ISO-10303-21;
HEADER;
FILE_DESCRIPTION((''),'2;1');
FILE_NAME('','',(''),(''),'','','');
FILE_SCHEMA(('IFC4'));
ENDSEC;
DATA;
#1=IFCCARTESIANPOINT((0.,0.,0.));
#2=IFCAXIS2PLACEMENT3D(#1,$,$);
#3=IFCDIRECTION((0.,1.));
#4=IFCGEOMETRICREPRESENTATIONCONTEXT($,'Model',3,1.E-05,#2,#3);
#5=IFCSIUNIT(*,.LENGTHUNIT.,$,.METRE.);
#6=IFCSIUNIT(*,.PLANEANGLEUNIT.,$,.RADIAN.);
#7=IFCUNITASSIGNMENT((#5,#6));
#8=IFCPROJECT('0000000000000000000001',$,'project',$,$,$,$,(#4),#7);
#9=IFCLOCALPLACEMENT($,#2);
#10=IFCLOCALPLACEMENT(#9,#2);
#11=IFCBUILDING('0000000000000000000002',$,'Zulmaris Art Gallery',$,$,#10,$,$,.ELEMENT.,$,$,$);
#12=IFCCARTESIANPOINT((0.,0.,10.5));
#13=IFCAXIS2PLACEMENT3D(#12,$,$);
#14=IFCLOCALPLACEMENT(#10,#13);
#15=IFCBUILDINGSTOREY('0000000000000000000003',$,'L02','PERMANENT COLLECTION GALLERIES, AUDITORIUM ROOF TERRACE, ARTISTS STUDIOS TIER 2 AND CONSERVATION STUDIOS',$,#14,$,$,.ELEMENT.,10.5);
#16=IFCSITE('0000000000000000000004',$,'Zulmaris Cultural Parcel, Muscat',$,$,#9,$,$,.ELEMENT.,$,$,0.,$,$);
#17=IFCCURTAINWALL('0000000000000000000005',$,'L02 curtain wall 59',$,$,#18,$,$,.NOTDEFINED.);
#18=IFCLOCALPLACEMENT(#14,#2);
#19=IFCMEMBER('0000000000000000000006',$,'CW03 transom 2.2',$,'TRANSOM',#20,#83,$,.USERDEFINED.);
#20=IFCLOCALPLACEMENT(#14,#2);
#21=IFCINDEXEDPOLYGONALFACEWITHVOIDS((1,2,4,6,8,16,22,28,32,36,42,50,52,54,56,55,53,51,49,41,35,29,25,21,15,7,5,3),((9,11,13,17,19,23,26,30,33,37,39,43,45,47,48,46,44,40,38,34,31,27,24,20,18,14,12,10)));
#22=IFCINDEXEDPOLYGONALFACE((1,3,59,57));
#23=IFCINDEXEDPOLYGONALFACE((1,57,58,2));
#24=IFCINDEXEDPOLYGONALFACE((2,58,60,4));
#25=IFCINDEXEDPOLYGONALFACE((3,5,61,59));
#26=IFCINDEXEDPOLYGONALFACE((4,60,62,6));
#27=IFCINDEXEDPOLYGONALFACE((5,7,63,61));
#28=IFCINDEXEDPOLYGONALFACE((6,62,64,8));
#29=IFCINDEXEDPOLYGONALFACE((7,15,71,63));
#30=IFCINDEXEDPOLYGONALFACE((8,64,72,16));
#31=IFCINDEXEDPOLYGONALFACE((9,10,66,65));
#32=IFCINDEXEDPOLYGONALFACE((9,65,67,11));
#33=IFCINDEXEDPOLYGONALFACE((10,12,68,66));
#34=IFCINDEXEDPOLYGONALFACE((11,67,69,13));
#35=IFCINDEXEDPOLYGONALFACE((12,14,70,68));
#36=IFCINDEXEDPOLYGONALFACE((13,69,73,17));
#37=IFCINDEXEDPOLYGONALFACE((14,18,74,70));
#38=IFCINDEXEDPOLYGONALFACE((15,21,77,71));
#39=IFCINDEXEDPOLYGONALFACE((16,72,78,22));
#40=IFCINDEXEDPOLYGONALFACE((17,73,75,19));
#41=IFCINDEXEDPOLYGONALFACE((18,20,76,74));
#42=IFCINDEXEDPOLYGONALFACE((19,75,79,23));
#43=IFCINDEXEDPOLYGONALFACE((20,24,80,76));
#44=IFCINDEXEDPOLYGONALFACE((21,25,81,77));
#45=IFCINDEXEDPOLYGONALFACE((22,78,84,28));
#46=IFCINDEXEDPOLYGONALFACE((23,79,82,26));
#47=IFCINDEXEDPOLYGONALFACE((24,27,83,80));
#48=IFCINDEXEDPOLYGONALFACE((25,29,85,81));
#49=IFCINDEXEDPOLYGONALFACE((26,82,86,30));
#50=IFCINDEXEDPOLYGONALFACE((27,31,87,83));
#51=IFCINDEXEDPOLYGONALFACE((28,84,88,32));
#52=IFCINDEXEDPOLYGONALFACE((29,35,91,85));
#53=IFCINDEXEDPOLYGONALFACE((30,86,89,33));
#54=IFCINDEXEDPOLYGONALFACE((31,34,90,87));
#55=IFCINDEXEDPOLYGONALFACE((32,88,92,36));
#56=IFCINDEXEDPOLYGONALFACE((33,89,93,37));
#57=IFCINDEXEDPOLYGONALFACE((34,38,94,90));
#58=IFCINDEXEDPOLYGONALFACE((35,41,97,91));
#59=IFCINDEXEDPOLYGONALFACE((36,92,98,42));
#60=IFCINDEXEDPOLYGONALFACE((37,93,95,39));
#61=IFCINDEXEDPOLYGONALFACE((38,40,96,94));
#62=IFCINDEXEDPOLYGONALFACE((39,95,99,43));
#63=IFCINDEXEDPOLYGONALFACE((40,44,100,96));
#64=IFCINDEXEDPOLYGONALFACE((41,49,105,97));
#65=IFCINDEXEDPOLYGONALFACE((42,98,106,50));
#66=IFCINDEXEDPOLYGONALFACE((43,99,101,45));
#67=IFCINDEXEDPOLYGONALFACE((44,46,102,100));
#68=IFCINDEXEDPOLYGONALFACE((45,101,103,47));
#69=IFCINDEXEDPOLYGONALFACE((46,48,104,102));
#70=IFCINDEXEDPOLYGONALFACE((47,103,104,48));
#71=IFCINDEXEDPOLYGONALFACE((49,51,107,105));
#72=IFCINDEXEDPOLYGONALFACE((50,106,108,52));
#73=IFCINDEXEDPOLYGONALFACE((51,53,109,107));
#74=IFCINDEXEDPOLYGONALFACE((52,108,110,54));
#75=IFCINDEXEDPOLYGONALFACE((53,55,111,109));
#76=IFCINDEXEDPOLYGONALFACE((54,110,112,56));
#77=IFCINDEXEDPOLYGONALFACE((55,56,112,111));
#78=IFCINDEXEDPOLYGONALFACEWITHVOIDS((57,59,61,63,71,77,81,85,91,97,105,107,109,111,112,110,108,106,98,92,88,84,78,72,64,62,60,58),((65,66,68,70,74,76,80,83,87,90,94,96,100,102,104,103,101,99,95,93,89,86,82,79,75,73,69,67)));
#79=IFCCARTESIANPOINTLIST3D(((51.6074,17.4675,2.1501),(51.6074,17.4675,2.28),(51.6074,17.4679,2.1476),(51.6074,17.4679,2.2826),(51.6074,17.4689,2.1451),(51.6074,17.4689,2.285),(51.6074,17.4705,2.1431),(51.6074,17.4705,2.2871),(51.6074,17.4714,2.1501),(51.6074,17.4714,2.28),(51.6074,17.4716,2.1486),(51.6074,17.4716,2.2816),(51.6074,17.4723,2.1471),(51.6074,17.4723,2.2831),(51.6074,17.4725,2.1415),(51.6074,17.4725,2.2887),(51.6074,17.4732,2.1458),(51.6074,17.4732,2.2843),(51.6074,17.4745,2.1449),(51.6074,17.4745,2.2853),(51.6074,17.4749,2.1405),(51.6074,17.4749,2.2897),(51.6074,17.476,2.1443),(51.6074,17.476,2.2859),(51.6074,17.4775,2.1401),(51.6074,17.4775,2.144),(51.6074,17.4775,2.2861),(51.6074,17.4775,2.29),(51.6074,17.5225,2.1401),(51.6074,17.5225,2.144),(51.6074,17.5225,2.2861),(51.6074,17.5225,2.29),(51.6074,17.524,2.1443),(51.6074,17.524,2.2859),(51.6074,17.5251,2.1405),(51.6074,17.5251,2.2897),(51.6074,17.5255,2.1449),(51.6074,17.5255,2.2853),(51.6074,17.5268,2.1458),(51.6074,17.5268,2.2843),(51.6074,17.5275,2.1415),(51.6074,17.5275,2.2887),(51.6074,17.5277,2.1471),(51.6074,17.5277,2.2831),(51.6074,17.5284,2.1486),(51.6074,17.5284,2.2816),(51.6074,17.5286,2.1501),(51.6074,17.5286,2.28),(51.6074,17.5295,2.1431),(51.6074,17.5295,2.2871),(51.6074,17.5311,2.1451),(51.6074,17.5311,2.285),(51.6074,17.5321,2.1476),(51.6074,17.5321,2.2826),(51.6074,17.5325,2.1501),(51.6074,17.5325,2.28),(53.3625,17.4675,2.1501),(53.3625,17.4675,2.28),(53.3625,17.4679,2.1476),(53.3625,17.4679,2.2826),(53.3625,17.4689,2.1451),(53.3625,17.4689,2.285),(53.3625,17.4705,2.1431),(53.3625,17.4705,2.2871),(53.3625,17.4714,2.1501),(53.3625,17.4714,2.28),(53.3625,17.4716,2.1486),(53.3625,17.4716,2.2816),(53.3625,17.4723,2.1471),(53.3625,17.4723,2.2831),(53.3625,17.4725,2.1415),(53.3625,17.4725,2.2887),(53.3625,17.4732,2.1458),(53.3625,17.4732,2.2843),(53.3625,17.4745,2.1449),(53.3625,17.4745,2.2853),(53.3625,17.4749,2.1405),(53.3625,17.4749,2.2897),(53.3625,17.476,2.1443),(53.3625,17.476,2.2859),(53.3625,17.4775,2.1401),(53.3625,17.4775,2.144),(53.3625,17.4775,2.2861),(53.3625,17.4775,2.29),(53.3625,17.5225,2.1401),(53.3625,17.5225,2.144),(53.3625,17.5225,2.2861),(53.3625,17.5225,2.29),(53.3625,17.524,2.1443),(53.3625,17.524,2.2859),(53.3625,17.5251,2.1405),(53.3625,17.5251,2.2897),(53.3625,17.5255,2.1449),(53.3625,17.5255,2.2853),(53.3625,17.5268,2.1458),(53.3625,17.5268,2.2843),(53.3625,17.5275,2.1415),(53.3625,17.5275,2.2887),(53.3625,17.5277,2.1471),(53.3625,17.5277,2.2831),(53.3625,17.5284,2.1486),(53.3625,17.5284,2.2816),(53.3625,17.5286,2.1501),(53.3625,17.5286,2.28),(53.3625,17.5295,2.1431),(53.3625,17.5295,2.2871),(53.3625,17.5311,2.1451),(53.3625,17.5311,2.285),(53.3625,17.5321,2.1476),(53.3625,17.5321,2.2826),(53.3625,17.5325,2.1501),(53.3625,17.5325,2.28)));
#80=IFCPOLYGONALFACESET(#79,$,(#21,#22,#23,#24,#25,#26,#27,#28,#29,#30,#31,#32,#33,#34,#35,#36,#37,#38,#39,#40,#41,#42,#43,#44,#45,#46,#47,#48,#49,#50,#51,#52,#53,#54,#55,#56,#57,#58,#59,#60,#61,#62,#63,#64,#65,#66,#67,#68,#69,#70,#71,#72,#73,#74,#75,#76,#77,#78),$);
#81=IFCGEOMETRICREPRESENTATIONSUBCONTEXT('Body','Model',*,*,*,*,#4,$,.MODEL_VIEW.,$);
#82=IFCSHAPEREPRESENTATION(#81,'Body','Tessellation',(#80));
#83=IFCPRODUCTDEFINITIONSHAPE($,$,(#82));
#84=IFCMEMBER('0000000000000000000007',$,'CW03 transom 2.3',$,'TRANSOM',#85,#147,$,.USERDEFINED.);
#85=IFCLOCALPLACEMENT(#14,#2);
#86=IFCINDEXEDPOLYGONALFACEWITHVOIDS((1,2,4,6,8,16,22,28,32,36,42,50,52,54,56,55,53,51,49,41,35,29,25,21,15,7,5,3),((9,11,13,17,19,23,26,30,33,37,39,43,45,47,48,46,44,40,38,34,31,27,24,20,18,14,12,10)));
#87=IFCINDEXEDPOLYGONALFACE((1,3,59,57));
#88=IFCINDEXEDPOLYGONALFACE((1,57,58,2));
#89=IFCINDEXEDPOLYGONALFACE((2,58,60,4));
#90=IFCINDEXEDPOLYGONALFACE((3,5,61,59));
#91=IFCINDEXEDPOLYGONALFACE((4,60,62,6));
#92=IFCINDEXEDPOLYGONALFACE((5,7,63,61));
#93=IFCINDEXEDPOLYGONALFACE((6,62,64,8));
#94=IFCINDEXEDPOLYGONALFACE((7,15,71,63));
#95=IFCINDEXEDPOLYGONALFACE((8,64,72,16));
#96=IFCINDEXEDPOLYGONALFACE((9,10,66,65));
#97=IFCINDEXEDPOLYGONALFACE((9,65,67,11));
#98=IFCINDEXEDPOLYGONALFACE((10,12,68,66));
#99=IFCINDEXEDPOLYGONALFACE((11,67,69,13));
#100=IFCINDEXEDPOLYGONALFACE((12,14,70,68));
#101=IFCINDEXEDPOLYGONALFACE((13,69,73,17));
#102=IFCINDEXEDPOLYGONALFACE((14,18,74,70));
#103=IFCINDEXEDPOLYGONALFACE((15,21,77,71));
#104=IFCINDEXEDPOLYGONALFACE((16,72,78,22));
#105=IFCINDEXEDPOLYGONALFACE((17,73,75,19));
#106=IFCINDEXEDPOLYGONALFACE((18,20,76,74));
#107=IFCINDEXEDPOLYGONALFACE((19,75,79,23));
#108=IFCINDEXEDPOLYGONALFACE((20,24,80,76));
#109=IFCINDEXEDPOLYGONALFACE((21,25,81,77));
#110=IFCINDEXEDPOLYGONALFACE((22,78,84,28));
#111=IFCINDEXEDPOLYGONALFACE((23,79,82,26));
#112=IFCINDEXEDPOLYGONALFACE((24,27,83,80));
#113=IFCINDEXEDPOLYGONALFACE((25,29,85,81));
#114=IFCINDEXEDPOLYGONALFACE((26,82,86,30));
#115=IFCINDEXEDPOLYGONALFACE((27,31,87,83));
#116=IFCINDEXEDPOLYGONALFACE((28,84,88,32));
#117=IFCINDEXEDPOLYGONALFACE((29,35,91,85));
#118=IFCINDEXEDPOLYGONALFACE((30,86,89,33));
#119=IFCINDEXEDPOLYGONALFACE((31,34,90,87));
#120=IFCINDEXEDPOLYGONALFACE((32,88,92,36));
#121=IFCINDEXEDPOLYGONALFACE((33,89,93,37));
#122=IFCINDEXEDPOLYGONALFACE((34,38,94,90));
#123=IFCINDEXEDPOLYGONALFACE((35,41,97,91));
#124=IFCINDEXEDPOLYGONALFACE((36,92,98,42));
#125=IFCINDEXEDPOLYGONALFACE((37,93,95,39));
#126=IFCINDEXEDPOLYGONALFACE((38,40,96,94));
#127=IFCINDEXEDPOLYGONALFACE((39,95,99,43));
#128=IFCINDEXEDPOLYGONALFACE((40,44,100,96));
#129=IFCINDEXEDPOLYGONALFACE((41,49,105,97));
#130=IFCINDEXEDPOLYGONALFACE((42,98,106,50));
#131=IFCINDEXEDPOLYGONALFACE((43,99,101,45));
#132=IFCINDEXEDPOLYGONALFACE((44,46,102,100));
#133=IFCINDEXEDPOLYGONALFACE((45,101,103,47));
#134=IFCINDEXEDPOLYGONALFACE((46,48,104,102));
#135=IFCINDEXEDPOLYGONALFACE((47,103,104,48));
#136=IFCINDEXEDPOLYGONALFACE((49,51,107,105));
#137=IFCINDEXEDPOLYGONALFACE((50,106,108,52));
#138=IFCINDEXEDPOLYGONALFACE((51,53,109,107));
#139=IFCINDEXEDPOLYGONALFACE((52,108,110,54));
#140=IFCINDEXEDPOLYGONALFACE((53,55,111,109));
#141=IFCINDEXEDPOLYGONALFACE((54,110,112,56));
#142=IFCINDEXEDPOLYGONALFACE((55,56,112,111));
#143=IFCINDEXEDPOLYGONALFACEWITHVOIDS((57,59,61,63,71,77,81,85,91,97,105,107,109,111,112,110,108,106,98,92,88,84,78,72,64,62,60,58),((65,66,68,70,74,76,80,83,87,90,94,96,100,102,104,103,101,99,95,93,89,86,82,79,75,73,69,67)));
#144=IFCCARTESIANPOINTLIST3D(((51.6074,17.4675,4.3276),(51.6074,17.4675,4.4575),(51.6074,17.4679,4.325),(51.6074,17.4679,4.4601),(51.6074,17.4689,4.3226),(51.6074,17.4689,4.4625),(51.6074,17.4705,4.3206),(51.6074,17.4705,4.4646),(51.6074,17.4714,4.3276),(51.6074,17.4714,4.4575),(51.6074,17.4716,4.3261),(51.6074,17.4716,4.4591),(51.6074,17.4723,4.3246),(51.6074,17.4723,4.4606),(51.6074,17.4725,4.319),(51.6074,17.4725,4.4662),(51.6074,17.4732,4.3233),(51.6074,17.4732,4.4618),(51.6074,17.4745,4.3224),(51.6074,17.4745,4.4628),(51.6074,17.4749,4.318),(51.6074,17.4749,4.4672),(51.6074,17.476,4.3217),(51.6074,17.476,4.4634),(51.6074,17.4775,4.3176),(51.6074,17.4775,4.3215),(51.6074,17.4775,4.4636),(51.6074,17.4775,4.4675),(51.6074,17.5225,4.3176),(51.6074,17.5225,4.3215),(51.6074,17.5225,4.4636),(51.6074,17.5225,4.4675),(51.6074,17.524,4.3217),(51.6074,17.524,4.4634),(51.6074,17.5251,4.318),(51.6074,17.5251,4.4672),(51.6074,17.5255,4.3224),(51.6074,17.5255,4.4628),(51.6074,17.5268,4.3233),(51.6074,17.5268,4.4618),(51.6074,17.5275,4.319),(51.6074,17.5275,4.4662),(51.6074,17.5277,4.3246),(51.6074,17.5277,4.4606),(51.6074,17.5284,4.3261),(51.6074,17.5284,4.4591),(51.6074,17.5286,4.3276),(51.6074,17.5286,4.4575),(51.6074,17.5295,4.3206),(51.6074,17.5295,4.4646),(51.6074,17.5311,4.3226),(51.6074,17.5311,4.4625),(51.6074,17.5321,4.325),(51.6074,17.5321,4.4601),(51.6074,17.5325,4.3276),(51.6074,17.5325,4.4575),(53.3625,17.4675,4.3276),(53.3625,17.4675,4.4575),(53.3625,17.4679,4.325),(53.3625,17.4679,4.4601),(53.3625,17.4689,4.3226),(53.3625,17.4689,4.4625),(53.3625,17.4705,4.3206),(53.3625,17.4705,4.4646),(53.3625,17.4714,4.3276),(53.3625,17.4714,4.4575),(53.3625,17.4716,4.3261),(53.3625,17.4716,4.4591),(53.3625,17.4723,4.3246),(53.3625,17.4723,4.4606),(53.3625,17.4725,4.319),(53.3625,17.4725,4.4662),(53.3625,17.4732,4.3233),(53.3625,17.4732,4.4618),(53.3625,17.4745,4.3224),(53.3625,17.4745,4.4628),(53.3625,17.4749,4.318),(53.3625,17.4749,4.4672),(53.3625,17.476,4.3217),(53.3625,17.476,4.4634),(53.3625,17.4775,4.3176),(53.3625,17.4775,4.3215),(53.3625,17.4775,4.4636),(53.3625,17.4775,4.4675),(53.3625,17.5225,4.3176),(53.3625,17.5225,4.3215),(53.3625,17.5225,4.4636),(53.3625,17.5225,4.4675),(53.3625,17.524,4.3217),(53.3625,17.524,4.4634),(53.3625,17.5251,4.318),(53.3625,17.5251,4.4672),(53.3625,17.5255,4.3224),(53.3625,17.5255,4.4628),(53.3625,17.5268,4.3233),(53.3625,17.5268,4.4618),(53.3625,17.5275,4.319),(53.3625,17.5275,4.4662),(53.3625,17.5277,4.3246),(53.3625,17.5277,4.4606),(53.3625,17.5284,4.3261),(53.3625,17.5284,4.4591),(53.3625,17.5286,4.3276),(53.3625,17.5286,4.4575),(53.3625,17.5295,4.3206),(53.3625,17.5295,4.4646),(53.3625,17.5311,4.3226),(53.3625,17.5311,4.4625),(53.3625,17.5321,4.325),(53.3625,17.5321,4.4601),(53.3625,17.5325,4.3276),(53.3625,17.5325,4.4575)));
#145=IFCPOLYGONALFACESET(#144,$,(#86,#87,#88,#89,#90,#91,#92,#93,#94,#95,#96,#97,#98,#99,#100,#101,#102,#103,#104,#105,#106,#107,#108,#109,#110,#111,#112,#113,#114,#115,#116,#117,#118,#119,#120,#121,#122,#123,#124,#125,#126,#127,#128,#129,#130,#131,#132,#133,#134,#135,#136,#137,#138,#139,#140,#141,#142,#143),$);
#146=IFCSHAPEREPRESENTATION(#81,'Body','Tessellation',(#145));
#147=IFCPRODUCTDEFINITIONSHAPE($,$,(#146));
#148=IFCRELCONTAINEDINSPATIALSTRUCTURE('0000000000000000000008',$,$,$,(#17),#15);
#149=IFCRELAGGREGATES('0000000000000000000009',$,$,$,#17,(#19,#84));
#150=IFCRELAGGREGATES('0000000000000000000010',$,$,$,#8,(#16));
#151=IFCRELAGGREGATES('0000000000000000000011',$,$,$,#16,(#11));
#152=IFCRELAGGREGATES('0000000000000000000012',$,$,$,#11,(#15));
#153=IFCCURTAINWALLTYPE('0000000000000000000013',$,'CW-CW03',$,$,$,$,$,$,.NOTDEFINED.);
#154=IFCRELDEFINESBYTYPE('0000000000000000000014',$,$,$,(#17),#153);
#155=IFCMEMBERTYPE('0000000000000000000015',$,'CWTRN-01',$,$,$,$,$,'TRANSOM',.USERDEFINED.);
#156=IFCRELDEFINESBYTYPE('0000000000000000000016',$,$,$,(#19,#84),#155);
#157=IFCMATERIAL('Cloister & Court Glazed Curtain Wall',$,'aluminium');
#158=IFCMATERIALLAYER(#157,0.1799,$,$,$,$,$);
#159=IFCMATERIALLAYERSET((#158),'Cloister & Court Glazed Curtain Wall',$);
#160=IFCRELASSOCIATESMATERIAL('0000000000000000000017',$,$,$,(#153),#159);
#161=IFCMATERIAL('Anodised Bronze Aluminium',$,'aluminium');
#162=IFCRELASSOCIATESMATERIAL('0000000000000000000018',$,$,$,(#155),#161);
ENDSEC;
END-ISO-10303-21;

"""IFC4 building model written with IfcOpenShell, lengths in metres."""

from ifc_helpers import new_model, si_unit, direction, frame, origin, origin_2d, place, context, subcontext, project, spatial, hollow_rectangle, extrude, material, layer, layer_set, material_profile, profile_set, type_object, element, aggregate, save


model = new_model("IFC4")

# Units and contexts
model_context = context("Model", 3, precision=1e-05, world=origin(), true_north=direction((0.0, 1.0)))
body_context = subcontext(model_context, "Body", "Model", "MODEL_VIEW")
ifc_project = project(units=[si_unit("LENGTHUNIT", "METRE"), si_unit("PLANEANGLEUNIT", "RADIAN")], contexts=[model_context])

# Site, building, storey
site_placement = place(None, origin())
site = spatial("IfcSite", under=ifc_project, at=site_placement, Name="Zulmaris Cultural Parcel, Muscat", CompositionType="ELEMENT", RefElevation=0.0)
building_placement = place(site_placement, origin())
building = spatial("IfcBuilding", under=site, at=building_placement, Name="Zulmaris Art Gallery", CompositionType="ELEMENT")
storey_placement = place(building_placement, frame((0.0, 0.0, 10.5)))
storey = spatial("IfcBuildingStorey", under=building, at=storey_placement, Name="L02", Description="PERMANENT COLLECTION GALLERIES, AUDITORIUM ROOF TERRACE, ARTISTS STUDIOS TIER 2 AND CONSERVATION STUDIOS", CompositionType="ELEMENT", Elevation=10.5)

# Curtain wall, members
ifc_material_1 = material(Name="Cloister & Court Glazed Curtain Wall", Category="aluminium")
ifc_layer_1 = layer(ifc_material_1, 0.1799)
ifc_layer_set_1 = layer_set([ifc_layer_1], Name="Cloister & Court Glazed Curtain Wall")
curtain_wall_type = type_object("IfcCurtainWallType", Name="CW-CW03", PredefinedType="NOTDEFINED", material=ifc_layer_set_1)
curtain_wall_placement = place(storey_placement, origin())
curtain_wall = element("IfcCurtainWall", 1, at=curtain_wall_placement, inside=storey, type_object=curtain_wall_type, Name="L02 curtain wall 59", PredefinedType="NOTDEFINED")
ifc_material_2 = material(Name="Anodised Bronze Aluminium", Category="aluminium")
ifc_material_profile_1 = material_profile(ifc_material_2, hollow_rectangle(XDim=0.0649, YDim=0.1499, WallThickness=0.0039, InnerFilletRadius=0.0061, OuterFilletRadius=0.01, at=origin_2d()), Name="ALU 65x150x4")
ifc_profile_set_1 = profile_set([ifc_material_profile_1], Name="Anodised Bronze Aluminium")
member_type_1 = type_object("IfcMemberType", Name="CWTRN-01", ElementType="TRANSOM", PredefinedType="USERDEFINED", material=ifc_profile_set_1)
member_1_placement = place(storey_placement, frame((51.6074, 17.5, 2.2151), z_axis=(1.0, 0.0, 0.0), x_axis=(0.0, 1.0, 0.0)))
member_1 = element("IfcMember", 2, at=member_1_placement, type_object=member_type_1, Name="CW03 transom 2.2", ObjectType="TRANSOM", PredefinedType="USERDEFINED", context=body_context, shape_type="SweptSolid", body=[
    extrude(hollow_rectangle(XDim=0.0649, YDim=0.1499, WallThickness=0.0039, InnerFilletRadius=0.0061, OuterFilletRadius=0.01, at=origin_2d()), origin(), (0.0, 0.0, 1.0), 1.7551),
])
member_2_placement = place(storey_placement, frame((51.6074, 17.5, 4.3926), z_axis=(1.0, 0.0, 0.0), x_axis=(0.0, 1.0, 0.0)))
member_2 = element("IfcMember", 3, at=member_2_placement, type_object=member_type_1, Name="CW03 transom 2.3", ObjectType="TRANSOM", PredefinedType="USERDEFINED", context=body_context, shape_type="SweptSolid", body=[
    extrude(hollow_rectangle(XDim=0.0649, YDim=0.1499, WallThickness=0.0039, InnerFilletRadius=0.0061, OuterFilletRadius=0.01, at=origin_2d()), origin(), (0.0, 0.0, 1.0), 1.7551),
])
aggregate(curtain_wall, [member_1, member_2])

save(model, "model.ifc")
